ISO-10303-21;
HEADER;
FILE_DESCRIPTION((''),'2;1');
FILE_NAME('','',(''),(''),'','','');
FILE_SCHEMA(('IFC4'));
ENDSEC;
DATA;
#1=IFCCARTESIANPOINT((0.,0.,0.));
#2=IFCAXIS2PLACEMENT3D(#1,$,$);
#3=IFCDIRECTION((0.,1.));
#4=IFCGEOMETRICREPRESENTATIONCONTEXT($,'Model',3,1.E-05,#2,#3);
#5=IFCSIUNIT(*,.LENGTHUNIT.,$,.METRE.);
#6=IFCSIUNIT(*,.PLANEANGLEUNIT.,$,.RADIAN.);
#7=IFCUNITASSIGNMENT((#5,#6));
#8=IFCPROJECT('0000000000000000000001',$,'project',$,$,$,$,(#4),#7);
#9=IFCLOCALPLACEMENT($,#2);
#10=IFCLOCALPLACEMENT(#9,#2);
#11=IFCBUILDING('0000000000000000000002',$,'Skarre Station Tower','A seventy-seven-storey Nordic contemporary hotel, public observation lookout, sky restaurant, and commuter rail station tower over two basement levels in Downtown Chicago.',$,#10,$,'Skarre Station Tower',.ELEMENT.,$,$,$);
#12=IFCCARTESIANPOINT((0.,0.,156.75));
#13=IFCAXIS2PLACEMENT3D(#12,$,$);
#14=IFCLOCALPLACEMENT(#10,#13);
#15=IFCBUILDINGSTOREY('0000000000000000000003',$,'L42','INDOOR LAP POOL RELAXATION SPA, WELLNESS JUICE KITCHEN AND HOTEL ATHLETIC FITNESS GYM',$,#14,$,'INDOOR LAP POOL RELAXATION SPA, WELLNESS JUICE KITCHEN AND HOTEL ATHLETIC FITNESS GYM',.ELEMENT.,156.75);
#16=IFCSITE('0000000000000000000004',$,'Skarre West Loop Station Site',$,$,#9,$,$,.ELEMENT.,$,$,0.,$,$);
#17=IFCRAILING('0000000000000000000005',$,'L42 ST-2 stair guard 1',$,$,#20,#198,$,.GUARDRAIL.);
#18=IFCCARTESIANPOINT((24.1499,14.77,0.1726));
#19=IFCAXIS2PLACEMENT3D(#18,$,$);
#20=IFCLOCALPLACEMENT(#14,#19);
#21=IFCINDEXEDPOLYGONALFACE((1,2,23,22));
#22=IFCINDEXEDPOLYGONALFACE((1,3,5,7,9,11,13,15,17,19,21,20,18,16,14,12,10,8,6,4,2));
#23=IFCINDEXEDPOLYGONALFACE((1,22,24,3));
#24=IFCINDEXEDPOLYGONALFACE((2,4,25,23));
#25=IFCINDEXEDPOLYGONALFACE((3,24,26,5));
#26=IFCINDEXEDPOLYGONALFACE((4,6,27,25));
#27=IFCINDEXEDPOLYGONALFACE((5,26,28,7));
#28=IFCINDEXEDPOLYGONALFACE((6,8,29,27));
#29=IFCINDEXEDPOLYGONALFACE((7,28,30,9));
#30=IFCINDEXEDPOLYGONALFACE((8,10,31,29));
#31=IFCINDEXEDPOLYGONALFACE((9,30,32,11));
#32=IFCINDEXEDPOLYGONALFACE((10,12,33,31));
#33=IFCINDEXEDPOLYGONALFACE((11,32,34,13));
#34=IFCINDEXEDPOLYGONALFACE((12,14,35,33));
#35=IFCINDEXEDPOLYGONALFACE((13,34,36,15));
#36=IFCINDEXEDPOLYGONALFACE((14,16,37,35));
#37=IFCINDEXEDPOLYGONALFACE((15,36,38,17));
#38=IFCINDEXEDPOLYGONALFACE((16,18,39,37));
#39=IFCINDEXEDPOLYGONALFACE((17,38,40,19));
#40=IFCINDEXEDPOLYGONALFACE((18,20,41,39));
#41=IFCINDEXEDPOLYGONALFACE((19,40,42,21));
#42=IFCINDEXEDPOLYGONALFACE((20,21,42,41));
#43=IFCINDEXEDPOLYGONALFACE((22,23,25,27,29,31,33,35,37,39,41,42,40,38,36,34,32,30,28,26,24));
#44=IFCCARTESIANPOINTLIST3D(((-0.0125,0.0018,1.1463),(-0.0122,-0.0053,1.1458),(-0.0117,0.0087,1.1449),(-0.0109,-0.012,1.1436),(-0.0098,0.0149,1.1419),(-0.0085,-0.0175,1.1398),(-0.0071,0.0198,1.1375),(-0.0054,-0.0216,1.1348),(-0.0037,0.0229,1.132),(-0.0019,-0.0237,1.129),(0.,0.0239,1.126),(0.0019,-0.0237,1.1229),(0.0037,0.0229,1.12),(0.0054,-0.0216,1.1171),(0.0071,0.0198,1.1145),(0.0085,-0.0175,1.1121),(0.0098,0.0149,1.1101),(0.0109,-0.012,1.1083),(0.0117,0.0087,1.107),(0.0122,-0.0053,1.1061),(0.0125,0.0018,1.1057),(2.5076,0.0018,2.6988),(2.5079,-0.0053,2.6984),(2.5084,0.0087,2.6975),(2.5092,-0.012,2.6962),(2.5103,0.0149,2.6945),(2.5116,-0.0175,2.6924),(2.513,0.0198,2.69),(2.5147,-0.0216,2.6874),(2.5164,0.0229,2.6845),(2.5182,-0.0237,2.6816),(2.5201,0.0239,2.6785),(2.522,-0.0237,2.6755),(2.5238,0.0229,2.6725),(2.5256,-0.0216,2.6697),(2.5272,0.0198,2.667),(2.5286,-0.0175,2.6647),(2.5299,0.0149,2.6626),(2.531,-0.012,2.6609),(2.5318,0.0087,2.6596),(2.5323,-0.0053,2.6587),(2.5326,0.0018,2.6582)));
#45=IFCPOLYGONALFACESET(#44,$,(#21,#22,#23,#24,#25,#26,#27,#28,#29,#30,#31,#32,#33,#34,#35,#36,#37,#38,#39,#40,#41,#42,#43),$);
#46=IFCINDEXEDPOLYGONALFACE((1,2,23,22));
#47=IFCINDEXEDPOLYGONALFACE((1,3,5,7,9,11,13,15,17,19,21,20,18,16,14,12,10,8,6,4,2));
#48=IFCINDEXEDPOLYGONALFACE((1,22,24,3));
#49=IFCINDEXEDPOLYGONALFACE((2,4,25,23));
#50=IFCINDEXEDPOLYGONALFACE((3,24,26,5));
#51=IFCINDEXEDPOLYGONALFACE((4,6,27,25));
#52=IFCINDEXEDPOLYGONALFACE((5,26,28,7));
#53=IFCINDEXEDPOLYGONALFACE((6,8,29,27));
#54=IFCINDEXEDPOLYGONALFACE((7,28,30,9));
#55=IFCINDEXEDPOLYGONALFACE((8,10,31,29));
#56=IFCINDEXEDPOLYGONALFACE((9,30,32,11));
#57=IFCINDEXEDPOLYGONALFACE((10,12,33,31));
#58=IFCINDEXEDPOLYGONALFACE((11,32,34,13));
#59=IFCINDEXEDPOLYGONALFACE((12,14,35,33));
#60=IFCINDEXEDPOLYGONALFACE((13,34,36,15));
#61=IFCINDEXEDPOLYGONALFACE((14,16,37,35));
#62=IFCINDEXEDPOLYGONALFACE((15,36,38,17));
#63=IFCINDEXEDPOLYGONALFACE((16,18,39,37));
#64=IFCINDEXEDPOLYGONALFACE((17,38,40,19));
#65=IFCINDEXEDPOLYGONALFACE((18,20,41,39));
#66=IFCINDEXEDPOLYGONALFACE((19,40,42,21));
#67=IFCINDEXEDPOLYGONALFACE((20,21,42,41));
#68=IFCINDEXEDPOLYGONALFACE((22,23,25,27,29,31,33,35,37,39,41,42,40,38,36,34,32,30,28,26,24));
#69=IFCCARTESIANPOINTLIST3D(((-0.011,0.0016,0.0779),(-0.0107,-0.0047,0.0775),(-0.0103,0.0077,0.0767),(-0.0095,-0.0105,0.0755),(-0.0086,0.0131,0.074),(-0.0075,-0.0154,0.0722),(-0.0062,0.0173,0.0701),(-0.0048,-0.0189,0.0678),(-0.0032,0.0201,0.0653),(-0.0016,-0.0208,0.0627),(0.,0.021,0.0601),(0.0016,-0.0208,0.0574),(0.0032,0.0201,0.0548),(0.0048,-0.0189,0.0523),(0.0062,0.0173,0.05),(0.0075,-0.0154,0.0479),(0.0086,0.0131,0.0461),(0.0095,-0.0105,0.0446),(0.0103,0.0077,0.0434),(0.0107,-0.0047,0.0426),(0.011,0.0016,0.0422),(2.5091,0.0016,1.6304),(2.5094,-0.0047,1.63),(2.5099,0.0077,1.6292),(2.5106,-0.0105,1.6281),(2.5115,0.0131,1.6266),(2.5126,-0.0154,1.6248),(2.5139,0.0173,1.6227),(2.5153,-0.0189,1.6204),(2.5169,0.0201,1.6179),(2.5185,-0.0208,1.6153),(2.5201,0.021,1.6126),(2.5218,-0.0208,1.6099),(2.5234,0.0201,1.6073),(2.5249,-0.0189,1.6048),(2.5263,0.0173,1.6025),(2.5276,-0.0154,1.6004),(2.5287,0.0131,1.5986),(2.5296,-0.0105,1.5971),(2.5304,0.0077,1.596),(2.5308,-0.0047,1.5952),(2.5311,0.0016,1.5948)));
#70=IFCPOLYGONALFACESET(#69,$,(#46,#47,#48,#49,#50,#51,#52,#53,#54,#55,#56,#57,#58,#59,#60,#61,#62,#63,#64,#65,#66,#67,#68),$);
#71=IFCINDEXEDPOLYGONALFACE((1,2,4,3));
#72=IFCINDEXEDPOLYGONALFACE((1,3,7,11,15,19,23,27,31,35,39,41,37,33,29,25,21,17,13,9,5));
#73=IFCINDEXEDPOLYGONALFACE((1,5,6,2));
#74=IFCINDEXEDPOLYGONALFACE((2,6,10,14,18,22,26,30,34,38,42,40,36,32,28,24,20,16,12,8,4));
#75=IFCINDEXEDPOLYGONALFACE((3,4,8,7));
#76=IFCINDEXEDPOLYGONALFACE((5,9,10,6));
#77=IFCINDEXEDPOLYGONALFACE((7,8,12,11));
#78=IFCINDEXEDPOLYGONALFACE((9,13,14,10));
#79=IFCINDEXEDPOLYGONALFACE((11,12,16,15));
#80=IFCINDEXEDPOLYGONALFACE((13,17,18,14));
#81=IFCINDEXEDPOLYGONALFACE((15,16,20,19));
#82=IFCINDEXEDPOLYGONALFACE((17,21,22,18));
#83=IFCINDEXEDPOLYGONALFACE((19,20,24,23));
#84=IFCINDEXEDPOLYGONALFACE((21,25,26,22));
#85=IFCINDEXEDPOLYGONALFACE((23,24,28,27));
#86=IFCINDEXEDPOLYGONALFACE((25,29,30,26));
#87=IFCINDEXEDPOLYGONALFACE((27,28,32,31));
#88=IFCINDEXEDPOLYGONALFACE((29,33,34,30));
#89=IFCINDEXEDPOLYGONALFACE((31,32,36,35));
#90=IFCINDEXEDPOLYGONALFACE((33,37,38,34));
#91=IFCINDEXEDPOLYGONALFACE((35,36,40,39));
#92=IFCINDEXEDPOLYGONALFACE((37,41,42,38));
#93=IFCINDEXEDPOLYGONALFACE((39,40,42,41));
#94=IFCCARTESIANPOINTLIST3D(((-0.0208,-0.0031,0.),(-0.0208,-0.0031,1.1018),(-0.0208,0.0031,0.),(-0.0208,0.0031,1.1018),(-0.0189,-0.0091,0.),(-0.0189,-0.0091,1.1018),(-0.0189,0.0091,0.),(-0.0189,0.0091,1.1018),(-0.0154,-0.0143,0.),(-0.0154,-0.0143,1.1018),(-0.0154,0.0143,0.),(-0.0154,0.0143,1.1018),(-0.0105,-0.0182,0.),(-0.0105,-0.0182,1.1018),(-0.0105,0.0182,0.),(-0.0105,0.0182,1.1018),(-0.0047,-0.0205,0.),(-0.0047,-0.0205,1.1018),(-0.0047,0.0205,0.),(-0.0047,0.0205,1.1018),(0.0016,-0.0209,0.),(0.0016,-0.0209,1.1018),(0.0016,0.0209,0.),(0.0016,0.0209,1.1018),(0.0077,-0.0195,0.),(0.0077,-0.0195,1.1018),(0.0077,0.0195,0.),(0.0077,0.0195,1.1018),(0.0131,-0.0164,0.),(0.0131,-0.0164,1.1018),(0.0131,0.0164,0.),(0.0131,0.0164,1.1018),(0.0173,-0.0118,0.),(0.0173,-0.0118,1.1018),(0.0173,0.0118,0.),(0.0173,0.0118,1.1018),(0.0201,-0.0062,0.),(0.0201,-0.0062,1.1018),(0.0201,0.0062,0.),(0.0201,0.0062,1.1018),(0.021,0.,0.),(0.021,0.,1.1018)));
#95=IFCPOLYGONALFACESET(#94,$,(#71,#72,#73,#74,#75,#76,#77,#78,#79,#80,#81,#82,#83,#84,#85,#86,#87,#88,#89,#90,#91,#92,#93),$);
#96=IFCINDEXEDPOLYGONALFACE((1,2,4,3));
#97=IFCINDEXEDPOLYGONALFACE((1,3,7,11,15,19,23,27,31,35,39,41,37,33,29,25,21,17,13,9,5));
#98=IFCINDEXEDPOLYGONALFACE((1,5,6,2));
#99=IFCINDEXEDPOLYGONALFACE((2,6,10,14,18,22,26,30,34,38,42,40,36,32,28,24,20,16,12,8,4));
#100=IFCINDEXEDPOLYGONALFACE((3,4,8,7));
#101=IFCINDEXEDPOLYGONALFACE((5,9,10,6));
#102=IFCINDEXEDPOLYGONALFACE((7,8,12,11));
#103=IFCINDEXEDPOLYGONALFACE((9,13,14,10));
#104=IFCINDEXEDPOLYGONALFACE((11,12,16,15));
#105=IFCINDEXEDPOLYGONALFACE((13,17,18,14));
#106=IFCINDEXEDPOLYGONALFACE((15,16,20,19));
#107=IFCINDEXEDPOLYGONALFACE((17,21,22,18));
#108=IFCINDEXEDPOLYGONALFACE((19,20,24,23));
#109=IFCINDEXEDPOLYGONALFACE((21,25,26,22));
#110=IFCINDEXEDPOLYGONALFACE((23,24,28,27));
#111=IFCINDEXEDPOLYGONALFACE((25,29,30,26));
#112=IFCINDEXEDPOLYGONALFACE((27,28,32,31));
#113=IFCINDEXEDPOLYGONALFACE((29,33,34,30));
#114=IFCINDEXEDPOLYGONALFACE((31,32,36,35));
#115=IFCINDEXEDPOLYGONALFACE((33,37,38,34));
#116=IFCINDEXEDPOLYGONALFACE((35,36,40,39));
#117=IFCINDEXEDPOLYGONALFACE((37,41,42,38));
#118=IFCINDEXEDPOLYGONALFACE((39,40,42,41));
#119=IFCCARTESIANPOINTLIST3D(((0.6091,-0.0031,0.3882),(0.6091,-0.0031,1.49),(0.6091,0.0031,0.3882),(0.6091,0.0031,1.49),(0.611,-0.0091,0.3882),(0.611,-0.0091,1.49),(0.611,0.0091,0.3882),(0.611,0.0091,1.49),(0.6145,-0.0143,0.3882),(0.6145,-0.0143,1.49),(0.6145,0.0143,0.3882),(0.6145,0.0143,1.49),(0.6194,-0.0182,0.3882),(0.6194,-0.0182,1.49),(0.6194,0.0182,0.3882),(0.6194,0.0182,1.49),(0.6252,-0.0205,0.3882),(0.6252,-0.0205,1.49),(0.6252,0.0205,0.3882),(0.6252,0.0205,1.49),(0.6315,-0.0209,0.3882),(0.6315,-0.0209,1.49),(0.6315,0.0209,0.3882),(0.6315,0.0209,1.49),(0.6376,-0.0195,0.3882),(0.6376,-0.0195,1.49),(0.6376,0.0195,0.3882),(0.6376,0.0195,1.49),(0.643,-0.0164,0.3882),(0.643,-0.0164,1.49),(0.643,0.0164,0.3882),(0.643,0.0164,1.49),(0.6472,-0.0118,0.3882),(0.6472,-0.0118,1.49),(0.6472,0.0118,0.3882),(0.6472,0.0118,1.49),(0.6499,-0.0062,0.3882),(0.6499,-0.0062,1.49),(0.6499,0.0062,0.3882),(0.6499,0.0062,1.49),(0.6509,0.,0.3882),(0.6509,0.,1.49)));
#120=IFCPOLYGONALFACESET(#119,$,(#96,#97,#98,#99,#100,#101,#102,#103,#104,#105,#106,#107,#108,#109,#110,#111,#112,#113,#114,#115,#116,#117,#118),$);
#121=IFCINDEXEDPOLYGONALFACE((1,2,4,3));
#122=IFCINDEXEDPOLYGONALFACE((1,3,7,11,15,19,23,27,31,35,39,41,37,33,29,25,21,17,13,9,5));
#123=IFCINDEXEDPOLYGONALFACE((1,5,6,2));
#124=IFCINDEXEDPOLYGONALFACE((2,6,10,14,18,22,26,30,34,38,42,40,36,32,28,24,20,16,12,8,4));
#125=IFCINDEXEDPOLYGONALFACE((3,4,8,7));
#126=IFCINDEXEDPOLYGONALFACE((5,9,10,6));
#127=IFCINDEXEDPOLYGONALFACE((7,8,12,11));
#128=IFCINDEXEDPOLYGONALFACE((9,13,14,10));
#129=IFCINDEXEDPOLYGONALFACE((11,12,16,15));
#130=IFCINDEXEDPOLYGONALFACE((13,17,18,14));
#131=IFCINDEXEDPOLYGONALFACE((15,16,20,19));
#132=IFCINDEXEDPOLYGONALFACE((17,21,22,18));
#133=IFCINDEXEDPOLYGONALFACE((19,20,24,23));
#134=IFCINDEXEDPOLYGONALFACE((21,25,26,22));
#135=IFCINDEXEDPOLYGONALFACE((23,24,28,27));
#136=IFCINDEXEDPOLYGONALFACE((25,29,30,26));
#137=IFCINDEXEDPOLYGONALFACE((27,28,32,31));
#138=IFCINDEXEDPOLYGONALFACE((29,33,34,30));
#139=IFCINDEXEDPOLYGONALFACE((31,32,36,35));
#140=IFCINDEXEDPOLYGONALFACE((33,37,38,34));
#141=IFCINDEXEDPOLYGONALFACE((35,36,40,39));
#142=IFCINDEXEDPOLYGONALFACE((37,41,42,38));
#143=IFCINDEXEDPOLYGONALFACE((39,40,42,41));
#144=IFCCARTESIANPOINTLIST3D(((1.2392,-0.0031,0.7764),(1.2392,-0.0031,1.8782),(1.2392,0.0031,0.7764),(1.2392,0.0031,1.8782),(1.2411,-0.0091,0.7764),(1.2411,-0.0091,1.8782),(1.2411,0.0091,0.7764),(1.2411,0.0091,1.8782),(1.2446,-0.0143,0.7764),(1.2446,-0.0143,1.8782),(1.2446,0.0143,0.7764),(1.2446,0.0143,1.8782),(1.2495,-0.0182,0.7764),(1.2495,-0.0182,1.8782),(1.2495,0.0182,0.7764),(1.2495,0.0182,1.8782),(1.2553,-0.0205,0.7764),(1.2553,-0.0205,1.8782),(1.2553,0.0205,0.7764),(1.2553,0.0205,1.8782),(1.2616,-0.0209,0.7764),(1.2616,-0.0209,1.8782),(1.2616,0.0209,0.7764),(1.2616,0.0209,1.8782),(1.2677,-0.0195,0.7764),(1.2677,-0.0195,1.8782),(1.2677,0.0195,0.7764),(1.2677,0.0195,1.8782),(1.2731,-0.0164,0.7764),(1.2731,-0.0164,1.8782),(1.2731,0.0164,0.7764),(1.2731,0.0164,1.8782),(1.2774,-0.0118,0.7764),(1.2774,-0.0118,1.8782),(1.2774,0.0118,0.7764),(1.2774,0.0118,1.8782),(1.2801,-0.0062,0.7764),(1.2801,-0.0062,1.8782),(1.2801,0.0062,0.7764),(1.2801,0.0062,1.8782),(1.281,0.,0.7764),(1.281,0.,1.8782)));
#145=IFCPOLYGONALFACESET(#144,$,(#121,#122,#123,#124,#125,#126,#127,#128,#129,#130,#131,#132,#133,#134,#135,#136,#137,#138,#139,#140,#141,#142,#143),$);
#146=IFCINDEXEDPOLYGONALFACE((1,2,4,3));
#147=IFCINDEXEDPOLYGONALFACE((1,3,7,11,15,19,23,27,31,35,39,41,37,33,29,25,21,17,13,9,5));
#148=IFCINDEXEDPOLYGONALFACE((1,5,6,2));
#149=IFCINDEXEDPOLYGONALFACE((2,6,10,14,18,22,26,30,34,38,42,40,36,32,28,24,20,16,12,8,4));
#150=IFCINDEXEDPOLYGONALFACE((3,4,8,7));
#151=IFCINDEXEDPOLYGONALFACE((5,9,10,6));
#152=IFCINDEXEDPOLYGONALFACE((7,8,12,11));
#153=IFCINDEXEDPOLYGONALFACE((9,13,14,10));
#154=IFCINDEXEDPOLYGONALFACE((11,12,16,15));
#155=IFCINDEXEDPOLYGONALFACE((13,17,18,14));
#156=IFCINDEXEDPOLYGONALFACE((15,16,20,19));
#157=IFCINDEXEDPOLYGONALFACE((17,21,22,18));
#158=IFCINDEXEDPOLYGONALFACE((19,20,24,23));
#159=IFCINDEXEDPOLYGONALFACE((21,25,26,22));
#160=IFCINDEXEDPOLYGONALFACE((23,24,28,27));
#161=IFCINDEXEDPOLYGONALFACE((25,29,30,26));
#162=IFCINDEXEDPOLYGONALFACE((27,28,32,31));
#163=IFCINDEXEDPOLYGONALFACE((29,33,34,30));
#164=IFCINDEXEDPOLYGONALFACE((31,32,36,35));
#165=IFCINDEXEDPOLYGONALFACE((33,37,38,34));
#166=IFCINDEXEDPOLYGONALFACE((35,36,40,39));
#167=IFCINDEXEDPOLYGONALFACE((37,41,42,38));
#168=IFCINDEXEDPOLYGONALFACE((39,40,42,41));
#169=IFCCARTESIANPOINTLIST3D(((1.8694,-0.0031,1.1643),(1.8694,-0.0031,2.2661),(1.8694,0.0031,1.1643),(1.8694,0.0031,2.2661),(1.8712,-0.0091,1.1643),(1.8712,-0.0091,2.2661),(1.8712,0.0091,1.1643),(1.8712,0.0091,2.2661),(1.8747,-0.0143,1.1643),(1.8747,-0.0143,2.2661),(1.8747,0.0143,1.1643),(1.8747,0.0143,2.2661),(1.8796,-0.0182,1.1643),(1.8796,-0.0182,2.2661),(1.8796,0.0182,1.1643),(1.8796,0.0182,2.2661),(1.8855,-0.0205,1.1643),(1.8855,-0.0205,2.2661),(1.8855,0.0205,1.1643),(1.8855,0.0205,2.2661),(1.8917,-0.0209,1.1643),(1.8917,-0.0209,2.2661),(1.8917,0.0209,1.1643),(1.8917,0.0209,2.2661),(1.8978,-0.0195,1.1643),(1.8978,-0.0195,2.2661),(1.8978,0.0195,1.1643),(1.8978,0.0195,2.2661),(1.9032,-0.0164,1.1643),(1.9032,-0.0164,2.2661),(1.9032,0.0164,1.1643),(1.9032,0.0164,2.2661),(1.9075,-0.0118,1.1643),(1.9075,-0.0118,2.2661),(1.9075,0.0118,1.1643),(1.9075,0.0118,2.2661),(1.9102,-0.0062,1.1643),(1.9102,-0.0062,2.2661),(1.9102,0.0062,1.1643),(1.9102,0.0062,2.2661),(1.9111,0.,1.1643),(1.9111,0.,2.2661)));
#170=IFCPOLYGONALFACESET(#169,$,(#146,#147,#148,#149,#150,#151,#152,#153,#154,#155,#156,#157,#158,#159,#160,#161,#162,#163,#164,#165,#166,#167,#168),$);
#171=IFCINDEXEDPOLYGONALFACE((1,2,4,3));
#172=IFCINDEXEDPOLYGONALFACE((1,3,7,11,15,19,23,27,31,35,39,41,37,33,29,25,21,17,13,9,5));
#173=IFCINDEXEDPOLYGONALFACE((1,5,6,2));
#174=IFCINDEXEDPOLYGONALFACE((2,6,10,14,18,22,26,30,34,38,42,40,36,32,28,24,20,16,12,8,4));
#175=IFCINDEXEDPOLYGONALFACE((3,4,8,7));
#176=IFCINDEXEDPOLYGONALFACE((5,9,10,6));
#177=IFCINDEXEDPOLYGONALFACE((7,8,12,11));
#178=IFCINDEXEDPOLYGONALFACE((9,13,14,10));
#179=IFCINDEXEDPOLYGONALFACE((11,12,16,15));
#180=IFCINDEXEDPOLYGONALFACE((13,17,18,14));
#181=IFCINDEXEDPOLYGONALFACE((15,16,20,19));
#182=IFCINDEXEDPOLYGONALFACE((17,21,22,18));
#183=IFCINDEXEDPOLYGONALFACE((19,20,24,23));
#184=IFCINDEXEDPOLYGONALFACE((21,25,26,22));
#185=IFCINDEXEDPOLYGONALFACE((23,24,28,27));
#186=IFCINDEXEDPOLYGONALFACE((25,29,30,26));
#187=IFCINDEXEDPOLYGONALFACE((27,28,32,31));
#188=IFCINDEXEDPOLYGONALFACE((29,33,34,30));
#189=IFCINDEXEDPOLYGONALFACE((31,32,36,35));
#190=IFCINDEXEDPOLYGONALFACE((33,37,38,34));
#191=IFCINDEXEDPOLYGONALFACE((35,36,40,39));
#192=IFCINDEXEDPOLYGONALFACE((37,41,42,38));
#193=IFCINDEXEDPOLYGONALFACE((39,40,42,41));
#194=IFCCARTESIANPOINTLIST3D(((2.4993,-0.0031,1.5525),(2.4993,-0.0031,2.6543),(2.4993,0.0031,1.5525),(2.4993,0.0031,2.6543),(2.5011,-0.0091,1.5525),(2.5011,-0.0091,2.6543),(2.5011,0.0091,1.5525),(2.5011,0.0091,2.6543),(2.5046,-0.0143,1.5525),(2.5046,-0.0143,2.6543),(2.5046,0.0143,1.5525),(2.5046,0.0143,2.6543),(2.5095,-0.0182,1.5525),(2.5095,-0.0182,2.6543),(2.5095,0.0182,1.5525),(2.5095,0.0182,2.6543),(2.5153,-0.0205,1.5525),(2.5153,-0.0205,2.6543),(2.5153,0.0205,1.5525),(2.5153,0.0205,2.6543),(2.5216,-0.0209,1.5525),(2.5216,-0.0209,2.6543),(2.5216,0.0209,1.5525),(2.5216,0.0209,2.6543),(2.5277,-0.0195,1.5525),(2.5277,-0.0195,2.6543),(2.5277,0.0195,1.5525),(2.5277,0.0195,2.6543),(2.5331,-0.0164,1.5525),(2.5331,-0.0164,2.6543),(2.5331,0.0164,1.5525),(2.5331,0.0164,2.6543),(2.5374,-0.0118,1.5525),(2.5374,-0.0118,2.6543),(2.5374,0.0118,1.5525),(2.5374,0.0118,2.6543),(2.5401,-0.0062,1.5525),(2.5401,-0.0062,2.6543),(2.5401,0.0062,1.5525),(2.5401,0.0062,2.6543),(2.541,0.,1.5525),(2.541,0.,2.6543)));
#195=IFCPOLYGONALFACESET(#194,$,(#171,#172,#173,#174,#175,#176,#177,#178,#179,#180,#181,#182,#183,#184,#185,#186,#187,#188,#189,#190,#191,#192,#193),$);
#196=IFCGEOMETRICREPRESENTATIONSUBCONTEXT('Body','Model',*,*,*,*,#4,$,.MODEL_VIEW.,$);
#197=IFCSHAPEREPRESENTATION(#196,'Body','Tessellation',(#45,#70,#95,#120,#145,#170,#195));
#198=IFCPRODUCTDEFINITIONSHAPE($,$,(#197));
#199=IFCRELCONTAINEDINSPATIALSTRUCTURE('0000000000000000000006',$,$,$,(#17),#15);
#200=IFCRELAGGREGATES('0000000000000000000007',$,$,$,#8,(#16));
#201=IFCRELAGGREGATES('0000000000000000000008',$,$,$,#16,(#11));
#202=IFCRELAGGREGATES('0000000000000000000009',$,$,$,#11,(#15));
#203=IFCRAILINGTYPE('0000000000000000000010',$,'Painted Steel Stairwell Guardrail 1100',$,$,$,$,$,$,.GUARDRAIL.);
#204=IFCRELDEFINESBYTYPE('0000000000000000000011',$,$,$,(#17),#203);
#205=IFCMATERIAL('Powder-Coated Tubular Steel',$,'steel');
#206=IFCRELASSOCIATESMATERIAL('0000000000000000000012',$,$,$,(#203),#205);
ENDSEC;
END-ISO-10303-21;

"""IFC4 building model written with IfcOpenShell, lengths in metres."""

from ifc_helpers import new_model, si_unit, direction, frame, origin, origin_2d, place, context, subcontext, project, spatial, circle, extrude, material, type_object, element, save


model = new_model("IFC4")

# Units and contexts
model_context = context("Model", 3, precision=1e-05, world=origin(), true_north=direction((0.0, 1.0)))
body_context = subcontext(model_context, "Body", "Model", "MODEL_VIEW")
ifc_project = project(units=[si_unit("LENGTHUNIT", "METRE"), si_unit("PLANEANGLEUNIT", "RADIAN")], contexts=[model_context])

# Site, building, storey
site_placement = place(None, origin())
site = spatial("IfcSite", under=ifc_project, at=site_placement, Name="Skarre West Loop Station Site", CompositionType="ELEMENT", RefElevation=0.0)
building_placement = place(site_placement, origin())
building = spatial("IfcBuilding", under=site, at=building_placement, Name="Skarre Station Tower", Description="A seventy-seven-storey Nordic contemporary hotel, public observation lookout, sky restaurant, and commuter rail station tower over two basement levels in Downtown Chicago.", LongName="Skarre Station Tower", CompositionType="ELEMENT")
storey_placement = place(building_placement, frame((0.0, 0.0, 156.75)))
storey = spatial("IfcBuildingStorey", under=building, at=storey_placement, Name="L42", Description="INDOOR LAP POOL RELAXATION SPA, WELLNESS JUICE KITCHEN AND HOTEL ATHLETIC FITNESS GYM", LongName="INDOOR LAP POOL RELAXATION SPA, WELLNESS JUICE KITCHEN AND HOTEL ATHLETIC FITNESS GYM", CompositionType="ELEMENT", Elevation=156.75)

# Railing
ifc_material_1 = material(Name="Powder-Coated Tubular Steel", Category="steel")
railing_type_1 = type_object("IfcRailingType", Name="Painted Steel Stairwell Guardrail 1100", PredefinedType="GUARDRAIL", material=ifc_material_1)
railing_1_placement = place(storey_placement, frame((24.1499, 14.77, 0.1726)))
element("IfcRailing", 1, at=railing_1_placement, inside=storey, type_object=railing_type_1, Name="L42 ST-2 stair guard 1", PredefinedType="GUARDRAIL", context=body_context, shape_type="SweptSolid", body=[
    extrude(circle(Radius=0.0239, at=origin_2d()), frame((0.0, 0.0, 1.126), z_axis=(0.8514, 0.0, 0.524516), x_axis=(0.0, 1.0, 0.0)), (0.0, 0.0, 1.0), 2.96),
    extrude(circle(Radius=0.021, at=origin_2d()), frame((0.0, 0.0, 0.0601), z_axis=(0.8514, 0.0, 0.524516), x_axis=(0.0, 1.0, 0.0)), (0.0, 0.0, 1.0), 2.96),
    extrude(circle(Radius=0.021, at=origin_2d()), origin(), (0.0, 0.0, 1.0), 1.1018),
    extrude(circle(Radius=0.021, at=origin_2d()), frame((0.6299, 0.0, 0.3882)), (0.0, 0.0, 1.0), 1.1018),
    extrude(circle(Radius=0.021, at=origin_2d()), frame((1.26, 0.0, 0.7764)), (0.0, 0.0, 1.0), 1.1018),
    extrude(circle(Radius=0.021, at=origin_2d()), frame((1.8901, 0.0, 1.1643)), (0.0, 0.0, 1.0), 1.1018),
    extrude(circle(Radius=0.021, at=origin_2d()), frame((2.52, 0.0, 1.5525)), (0.0, 0.0, 1.0), 1.1018),
])

save(model, "model.ifc")
